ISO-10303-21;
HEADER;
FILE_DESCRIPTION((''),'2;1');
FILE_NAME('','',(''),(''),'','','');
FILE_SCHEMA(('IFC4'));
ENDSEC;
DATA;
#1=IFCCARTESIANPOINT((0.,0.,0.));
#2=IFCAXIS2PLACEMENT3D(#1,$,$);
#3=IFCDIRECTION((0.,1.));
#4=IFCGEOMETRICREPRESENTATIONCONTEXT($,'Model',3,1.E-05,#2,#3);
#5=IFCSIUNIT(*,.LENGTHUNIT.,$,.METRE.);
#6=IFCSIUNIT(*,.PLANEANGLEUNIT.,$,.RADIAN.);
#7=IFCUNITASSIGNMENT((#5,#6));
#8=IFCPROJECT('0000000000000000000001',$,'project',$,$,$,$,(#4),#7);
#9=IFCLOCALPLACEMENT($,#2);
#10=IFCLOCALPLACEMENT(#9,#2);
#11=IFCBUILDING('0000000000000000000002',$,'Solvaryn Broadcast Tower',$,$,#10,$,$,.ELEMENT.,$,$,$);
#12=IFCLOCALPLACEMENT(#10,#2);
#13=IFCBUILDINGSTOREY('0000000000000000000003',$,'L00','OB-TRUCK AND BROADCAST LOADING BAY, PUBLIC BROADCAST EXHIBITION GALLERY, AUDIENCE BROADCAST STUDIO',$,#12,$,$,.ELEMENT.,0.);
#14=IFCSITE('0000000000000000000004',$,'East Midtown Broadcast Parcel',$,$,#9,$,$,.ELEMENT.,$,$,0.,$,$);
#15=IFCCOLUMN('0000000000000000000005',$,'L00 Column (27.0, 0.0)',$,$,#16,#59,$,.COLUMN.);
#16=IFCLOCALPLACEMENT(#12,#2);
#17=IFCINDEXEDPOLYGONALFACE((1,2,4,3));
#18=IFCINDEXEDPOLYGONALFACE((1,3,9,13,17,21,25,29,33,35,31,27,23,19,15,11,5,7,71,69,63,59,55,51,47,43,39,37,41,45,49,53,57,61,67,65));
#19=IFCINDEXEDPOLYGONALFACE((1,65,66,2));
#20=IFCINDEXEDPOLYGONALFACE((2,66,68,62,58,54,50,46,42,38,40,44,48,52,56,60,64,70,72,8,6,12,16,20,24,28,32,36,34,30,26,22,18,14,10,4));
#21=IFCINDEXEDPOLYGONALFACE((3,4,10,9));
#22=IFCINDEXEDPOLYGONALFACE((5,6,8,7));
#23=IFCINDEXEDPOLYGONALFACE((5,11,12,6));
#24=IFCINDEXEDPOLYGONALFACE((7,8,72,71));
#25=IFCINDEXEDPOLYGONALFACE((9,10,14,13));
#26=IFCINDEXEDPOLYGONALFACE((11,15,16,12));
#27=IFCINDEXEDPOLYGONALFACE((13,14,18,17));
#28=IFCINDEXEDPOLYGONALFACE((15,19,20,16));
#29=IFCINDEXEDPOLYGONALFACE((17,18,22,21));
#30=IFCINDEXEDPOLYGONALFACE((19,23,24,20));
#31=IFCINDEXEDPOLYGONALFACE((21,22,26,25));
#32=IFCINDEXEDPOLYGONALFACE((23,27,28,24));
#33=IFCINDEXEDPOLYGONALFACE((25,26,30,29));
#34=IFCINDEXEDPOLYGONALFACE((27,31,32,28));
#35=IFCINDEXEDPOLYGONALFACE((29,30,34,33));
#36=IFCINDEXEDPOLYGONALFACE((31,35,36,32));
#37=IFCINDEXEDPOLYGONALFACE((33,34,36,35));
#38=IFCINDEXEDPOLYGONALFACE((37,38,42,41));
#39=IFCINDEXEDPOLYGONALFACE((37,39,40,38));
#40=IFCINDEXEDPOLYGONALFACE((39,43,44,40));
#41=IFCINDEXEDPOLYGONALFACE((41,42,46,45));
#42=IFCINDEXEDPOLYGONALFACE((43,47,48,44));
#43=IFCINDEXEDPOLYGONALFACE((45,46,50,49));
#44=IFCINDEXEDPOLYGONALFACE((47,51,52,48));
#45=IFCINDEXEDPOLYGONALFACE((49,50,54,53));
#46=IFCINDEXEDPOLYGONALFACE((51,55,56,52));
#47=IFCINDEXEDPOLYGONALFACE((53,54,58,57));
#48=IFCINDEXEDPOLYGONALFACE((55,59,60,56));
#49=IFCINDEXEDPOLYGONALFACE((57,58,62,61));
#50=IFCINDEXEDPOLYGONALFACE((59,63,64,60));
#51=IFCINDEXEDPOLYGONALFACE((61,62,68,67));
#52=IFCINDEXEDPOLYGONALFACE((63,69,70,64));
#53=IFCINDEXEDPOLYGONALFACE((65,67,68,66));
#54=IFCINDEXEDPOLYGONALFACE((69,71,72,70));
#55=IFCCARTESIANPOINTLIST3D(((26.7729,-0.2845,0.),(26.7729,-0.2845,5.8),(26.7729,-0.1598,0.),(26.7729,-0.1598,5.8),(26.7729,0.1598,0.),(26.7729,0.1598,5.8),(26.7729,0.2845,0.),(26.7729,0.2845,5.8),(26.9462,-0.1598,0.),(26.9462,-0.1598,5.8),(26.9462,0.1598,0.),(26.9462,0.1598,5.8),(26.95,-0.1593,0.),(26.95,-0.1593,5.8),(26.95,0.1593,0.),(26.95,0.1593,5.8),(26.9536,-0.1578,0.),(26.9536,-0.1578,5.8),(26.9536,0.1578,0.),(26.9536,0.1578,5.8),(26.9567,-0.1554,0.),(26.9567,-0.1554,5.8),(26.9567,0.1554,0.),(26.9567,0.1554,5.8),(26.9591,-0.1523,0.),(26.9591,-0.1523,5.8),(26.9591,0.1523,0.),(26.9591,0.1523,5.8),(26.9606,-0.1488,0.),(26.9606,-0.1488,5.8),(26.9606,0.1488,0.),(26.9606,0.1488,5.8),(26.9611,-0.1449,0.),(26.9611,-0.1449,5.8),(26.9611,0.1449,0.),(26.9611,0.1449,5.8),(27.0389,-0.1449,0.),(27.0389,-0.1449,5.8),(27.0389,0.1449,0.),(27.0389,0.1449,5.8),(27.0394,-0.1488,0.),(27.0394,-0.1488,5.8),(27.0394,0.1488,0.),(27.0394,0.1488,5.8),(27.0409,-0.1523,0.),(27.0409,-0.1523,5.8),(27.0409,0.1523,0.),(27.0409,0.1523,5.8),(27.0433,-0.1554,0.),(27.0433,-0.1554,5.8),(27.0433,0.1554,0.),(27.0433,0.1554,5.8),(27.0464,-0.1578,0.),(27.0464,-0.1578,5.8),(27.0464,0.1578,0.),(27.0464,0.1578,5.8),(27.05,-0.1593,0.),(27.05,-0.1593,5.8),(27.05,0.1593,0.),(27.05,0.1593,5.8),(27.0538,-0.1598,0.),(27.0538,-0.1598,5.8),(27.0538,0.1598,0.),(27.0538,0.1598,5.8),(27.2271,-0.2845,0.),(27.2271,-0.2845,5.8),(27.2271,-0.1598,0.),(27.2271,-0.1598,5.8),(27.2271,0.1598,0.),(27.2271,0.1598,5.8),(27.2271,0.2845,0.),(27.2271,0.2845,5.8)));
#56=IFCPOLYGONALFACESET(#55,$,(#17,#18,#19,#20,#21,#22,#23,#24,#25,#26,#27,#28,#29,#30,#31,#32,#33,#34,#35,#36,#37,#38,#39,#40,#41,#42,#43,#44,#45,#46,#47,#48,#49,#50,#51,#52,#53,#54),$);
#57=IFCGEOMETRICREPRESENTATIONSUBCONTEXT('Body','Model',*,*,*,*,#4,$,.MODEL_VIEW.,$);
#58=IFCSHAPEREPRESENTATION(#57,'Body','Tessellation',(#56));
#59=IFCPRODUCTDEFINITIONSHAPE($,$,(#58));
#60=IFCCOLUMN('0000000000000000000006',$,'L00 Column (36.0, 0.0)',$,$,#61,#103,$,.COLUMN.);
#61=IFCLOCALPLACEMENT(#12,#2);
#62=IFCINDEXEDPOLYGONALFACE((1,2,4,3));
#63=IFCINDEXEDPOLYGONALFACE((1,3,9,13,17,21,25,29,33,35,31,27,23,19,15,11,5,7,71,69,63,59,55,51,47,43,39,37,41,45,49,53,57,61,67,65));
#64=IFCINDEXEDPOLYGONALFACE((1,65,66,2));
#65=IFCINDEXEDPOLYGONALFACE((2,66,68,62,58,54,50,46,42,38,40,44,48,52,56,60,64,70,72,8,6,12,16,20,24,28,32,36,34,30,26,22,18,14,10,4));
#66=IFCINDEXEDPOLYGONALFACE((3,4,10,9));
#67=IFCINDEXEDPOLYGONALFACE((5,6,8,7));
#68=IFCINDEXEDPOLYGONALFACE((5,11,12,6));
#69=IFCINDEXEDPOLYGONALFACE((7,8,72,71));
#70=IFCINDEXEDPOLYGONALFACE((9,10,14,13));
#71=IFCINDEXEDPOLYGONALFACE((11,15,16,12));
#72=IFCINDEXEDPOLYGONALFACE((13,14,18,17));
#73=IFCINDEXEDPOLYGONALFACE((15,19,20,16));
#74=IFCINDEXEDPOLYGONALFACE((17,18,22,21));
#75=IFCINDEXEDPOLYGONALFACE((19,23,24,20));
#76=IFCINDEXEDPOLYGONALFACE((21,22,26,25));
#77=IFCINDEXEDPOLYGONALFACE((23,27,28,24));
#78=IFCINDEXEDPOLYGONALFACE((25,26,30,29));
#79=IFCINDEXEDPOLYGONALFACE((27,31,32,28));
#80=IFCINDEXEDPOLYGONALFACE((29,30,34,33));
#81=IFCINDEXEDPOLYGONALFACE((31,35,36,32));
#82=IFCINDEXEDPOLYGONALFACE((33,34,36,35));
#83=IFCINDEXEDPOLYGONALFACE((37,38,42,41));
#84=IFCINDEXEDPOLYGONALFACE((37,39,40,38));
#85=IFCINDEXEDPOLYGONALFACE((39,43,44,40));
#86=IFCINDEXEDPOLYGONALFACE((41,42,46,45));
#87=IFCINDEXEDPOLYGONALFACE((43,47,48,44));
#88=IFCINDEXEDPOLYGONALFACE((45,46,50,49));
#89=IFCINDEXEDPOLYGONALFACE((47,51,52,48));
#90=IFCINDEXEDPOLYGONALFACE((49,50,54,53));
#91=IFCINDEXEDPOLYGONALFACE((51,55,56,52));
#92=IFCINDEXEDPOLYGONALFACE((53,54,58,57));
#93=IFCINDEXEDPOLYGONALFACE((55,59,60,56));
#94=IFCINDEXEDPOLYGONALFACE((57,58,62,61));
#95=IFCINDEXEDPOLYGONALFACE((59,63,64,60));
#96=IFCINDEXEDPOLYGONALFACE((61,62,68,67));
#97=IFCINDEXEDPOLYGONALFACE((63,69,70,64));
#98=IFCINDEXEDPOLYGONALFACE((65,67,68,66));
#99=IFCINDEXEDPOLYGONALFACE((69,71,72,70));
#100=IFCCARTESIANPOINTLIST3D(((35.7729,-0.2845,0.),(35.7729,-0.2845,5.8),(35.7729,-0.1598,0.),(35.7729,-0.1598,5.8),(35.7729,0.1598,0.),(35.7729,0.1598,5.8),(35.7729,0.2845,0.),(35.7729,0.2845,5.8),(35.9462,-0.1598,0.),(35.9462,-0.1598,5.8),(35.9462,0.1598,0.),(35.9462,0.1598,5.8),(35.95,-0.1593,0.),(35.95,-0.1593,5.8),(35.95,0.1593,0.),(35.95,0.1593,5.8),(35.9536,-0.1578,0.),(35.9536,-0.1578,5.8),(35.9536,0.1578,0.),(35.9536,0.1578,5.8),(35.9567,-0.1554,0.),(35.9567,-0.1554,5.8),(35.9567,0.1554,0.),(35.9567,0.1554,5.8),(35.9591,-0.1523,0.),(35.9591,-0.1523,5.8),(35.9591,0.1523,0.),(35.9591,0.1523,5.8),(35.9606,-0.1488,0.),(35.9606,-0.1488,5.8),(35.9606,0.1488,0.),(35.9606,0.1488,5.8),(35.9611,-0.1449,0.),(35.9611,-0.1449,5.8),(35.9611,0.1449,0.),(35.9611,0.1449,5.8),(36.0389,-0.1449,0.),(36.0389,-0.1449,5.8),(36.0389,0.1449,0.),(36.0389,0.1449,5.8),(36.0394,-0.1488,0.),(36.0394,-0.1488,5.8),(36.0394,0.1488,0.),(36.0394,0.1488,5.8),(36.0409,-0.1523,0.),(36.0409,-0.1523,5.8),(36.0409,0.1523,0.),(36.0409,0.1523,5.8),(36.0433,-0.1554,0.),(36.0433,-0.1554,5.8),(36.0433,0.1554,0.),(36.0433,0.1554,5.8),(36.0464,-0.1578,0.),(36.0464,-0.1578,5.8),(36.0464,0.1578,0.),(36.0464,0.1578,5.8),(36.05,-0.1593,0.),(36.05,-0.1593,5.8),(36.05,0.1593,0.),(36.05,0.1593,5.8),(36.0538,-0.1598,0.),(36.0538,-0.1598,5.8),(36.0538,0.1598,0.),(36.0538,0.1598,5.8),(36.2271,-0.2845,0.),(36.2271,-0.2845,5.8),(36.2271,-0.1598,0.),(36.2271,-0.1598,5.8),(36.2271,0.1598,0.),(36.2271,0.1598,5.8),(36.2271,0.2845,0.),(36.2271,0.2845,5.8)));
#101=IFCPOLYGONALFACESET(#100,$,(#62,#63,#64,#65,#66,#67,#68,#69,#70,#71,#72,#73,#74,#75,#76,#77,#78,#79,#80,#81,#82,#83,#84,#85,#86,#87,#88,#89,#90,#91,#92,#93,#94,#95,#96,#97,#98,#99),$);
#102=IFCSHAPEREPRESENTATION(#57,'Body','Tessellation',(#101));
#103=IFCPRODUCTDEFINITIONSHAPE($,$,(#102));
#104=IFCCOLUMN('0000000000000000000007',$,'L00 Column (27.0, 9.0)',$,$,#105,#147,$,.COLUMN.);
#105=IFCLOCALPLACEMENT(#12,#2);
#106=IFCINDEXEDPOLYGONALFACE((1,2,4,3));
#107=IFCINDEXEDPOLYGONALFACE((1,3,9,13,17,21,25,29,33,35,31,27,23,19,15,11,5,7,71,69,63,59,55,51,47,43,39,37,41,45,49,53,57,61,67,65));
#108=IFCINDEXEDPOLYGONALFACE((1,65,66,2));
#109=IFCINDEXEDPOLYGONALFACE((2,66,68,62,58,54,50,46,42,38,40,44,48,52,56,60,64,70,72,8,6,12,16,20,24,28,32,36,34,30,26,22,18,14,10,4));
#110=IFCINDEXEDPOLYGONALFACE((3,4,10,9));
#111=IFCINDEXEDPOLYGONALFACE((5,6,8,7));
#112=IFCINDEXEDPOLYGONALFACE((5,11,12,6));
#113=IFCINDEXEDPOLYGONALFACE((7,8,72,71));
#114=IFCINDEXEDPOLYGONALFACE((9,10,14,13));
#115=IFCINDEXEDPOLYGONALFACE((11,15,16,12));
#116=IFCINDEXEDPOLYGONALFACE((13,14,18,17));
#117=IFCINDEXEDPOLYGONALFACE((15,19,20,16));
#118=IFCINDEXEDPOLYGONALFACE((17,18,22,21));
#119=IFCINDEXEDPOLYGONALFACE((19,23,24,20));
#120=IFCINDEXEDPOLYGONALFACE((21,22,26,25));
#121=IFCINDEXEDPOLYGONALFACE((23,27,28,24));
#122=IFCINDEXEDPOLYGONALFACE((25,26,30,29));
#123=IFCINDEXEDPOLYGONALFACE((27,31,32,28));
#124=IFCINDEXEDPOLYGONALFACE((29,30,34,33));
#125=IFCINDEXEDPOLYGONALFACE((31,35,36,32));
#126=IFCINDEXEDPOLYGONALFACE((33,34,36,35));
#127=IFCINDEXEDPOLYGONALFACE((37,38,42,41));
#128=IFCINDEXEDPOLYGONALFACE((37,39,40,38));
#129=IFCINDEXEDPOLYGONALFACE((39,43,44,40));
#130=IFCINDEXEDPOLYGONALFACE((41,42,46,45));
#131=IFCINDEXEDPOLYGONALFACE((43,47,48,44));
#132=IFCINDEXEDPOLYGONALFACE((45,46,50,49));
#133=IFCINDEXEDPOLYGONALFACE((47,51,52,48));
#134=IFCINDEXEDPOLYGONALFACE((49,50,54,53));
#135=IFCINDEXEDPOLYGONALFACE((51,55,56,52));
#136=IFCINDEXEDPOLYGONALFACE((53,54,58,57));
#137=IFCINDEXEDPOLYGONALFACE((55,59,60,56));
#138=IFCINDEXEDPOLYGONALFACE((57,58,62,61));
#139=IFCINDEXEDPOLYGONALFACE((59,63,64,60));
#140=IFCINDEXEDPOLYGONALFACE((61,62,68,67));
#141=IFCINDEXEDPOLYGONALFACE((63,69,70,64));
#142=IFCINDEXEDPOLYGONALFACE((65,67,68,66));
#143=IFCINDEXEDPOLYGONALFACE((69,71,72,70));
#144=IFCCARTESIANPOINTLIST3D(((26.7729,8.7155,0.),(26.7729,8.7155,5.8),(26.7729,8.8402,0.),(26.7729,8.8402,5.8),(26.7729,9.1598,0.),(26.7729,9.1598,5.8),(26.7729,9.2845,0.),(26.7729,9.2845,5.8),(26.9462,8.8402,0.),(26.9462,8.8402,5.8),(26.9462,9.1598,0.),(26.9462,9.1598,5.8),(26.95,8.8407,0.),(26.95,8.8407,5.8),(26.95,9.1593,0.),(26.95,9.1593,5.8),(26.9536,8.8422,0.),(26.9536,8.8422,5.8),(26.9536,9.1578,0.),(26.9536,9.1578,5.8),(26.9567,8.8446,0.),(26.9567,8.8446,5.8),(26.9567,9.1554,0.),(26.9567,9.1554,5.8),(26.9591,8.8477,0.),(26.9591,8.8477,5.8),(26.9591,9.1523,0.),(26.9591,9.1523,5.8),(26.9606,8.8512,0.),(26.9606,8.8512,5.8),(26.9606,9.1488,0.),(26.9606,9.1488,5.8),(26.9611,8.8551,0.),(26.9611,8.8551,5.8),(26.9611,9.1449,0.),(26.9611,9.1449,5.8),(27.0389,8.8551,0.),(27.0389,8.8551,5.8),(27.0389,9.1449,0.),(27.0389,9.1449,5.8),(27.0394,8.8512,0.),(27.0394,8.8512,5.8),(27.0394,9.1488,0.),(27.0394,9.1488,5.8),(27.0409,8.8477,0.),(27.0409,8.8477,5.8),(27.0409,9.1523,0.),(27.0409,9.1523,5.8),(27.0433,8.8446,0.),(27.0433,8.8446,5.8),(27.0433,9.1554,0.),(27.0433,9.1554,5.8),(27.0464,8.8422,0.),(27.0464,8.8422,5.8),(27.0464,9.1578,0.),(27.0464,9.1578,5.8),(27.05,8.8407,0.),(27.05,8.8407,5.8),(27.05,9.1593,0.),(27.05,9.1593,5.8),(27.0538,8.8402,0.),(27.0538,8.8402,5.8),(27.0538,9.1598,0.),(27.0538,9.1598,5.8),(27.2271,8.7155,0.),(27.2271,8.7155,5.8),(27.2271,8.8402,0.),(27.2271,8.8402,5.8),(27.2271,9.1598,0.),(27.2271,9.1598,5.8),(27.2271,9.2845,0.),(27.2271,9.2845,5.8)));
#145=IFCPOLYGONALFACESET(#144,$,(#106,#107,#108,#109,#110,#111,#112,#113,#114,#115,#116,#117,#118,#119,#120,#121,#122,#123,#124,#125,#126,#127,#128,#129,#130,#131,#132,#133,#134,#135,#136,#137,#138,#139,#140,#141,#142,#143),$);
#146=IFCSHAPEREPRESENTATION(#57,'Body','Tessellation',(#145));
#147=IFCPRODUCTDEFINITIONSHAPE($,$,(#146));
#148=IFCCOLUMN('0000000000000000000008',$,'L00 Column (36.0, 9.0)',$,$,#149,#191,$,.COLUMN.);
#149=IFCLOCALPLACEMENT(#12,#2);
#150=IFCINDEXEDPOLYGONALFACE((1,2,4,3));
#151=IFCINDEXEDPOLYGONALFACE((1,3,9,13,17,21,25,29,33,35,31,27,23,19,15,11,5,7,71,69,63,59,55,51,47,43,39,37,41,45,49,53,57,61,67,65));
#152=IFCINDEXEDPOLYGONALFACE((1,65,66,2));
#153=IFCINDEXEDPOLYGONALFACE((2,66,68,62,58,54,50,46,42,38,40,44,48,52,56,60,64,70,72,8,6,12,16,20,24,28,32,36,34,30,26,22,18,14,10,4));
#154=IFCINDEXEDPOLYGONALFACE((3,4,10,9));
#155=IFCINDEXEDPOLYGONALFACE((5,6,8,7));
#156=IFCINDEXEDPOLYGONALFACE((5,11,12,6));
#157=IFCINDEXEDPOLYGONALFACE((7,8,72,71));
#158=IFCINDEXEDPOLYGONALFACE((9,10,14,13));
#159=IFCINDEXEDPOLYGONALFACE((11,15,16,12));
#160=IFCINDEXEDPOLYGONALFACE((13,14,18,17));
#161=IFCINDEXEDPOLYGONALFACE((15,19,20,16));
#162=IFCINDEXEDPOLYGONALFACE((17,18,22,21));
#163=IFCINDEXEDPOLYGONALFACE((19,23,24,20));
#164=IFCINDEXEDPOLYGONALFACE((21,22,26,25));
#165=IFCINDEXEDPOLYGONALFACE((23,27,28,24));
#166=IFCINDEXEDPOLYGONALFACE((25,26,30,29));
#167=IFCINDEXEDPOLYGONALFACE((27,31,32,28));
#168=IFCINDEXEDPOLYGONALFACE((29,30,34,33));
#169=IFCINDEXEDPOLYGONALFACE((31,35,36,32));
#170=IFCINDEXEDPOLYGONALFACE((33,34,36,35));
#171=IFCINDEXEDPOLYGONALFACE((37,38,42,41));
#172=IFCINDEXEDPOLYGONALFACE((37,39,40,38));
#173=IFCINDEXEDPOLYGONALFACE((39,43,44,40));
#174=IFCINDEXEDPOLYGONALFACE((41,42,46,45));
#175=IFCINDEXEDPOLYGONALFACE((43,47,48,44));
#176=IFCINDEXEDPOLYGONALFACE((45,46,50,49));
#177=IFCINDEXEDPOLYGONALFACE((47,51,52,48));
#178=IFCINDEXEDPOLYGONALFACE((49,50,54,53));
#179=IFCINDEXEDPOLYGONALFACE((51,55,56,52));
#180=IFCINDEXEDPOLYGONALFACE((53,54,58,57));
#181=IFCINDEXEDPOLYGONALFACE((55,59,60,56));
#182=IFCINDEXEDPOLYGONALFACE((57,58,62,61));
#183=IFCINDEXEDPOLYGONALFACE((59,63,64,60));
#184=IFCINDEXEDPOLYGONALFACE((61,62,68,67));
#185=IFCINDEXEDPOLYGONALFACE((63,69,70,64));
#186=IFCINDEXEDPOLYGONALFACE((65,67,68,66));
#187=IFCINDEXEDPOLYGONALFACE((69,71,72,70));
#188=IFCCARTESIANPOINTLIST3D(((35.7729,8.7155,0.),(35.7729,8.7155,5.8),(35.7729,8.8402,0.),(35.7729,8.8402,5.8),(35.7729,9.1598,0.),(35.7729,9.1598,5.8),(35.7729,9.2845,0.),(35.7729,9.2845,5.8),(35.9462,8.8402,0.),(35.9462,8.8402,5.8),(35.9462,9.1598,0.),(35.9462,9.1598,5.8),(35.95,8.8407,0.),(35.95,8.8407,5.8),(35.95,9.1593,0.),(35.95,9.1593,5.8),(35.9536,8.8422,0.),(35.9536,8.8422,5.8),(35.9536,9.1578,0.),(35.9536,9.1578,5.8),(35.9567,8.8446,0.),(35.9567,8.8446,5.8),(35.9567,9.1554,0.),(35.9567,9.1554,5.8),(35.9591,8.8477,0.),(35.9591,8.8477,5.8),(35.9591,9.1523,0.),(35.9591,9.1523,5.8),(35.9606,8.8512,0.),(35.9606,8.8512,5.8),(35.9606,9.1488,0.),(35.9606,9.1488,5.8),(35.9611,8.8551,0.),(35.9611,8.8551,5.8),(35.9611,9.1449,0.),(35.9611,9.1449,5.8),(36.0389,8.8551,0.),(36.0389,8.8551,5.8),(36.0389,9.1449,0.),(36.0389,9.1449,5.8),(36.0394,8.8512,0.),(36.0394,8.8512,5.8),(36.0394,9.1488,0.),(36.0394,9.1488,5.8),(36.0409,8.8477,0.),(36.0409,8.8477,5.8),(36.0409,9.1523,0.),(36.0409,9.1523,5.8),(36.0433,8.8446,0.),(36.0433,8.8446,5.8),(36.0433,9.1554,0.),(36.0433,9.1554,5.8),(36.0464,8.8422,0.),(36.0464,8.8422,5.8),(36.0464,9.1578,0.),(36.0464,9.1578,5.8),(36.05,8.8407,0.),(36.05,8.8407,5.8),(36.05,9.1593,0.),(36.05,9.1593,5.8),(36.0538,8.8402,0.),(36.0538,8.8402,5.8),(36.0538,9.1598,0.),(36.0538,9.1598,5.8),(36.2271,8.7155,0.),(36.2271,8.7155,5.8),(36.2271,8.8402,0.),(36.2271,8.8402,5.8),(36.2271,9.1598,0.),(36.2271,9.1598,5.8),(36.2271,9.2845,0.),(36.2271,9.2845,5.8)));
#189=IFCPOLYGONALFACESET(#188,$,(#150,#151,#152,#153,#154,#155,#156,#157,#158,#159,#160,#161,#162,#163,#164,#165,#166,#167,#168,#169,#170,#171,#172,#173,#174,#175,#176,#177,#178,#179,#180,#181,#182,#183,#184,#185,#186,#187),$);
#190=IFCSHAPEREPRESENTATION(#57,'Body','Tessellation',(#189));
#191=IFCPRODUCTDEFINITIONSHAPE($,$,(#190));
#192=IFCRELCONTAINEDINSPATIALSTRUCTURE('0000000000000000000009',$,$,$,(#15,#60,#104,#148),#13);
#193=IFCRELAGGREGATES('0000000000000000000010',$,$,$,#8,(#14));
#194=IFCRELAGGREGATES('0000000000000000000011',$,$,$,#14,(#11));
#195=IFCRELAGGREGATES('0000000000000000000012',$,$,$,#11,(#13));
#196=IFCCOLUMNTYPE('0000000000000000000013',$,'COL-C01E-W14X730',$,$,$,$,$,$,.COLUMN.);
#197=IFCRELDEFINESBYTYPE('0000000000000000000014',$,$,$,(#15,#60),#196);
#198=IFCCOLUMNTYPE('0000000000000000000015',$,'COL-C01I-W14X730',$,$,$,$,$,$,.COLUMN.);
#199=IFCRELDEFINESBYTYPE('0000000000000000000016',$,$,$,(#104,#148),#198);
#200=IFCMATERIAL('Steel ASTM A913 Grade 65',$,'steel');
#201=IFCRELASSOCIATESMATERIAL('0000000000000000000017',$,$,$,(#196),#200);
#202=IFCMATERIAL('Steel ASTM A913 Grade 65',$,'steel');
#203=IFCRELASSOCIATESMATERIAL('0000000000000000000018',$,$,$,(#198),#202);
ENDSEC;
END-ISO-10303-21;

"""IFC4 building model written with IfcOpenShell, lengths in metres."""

from ifc_helpers import new_model, si_unit, direction, frame, origin, origin_2d, place, context, subcontext, project, spatial, i_section, extrude, material, material_profile, profile_set, type_object, element, save


model = new_model("IFC4")

# Units and contexts
model_context = context("Model", 3, precision=1e-05, world=origin(), true_north=direction((0.0, 1.0)))
body_context = subcontext(model_context, "Body", "Model", "MODEL_VIEW")
ifc_project = project(units=[si_unit("LENGTHUNIT", "METRE"), si_unit("PLANEANGLEUNIT", "RADIAN")], contexts=[model_context])

# Site, building, storey
site_placement = place(None, origin())
site = spatial("IfcSite", under=ifc_project, at=site_placement, Name="East Midtown Broadcast Parcel", CompositionType="ELEMENT", RefElevation=0.0)
building_placement = place(site_placement, origin())
building = spatial("IfcBuilding", under=site, at=building_placement, Name="Solvaryn Broadcast Tower", CompositionType="ELEMENT")
storey_placement = place(building_placement, origin())
storey = spatial("IfcBuildingStorey", under=building, at=storey_placement, Name="L00", Description="OB-TRUCK AND BROADCAST LOADING BAY, PUBLIC BROADCAST EXHIBITION GALLERY, AUDIENCE BROADCAST STUDIO", CompositionType="ELEMENT", Elevation=0.0)

# Columns
ifc_material_1 = material(Name="Steel ASTM A913 Grade 65", Category="steel")
ifc_material_profile_1 = material_profile(ifc_material_1, i_section(OverallWidth=0.4541, OverallDepth=0.5691, WebThickness=0.0779, FlangeThickness=0.1248, FilletRadius=0.0149, at=origin_2d()))
ifc_profile_set_1 = profile_set([ifc_material_profile_1], Name="Steel ASTM A913 Grade 65")
column_type_1 = type_object("IfcColumnType", Name="COL-C01E-W14X730", PredefinedType="COLUMN", material=ifc_profile_set_1)
for number, where, z_axis, x_axis, name in (
    (1, (27.0, 0.0, 0.0), (0.0, 0.0, 1.0), (1.0, 0.0, 0.0), "L00 Column (27.0, 0.0)"),
    (2, (36.0, 0.0, 0.0), (0.0, 0.0, 1.0), (1.0, 0.0, 0.0), "L00 Column (36.0, 0.0)"),
):
    element("IfcColumn", number, at=place(storey_placement, frame(where, z_axis=z_axis, x_axis=x_axis)), inside=storey, type_object=column_type_1, Name=name, PredefinedType="COLUMN", context=body_context, shape_type="SweptSolid", body=[
        extrude(i_section(OverallWidth=0.4541, OverallDepth=0.5691, WebThickness=0.0779, FlangeThickness=0.1248, FilletRadius=0.0149, at=origin_2d()), origin(), (0.0, 0.0, 1.0), 5.8),
    ])
ifc_material_2 = material(Name="Steel ASTM A913 Grade 65", Category="steel")
ifc_material_profile_2 = material_profile(ifc_material_2, i_section(OverallWidth=0.4541, OverallDepth=0.5691, WebThickness=0.0779, FlangeThickness=0.1248, FilletRadius=0.0149, at=origin_2d()))
ifc_profile_set_2 = profile_set([ifc_material_profile_2], Name="Steel ASTM A913 Grade 65")
column_type_2 = type_object("IfcColumnType", Name="COL-C01I-W14X730", PredefinedType="COLUMN", material=ifc_profile_set_2)
for number, where, z_axis, x_axis, name in (
    (3, (27.0, 9.0, 0.0), (0.0, 0.0, 1.0), (1.0, 0.0, 0.0), "L00 Column (27.0, 9.0)"),
    (4, (36.0, 9.0, 0.0), (0.0, 0.0, 1.0), (1.0, 0.0, 0.0), "L00 Column (36.0, 9.0)"),
):
    element("IfcColumn", number, at=place(storey_placement, frame(where, z_axis=z_axis, x_axis=x_axis)), inside=storey, type_object=column_type_2, Name=name, PredefinedType="COLUMN", context=body_context, shape_type="SweptSolid", body=[
        extrude(i_section(OverallWidth=0.4541, OverallDepth=0.5691, WebThickness=0.0779, FlangeThickness=0.1248, FilletRadius=0.0149, at=origin_2d()), origin(), (0.0, 0.0, 1.0), 5.8),
    ])

save(model, "model.ifc")
